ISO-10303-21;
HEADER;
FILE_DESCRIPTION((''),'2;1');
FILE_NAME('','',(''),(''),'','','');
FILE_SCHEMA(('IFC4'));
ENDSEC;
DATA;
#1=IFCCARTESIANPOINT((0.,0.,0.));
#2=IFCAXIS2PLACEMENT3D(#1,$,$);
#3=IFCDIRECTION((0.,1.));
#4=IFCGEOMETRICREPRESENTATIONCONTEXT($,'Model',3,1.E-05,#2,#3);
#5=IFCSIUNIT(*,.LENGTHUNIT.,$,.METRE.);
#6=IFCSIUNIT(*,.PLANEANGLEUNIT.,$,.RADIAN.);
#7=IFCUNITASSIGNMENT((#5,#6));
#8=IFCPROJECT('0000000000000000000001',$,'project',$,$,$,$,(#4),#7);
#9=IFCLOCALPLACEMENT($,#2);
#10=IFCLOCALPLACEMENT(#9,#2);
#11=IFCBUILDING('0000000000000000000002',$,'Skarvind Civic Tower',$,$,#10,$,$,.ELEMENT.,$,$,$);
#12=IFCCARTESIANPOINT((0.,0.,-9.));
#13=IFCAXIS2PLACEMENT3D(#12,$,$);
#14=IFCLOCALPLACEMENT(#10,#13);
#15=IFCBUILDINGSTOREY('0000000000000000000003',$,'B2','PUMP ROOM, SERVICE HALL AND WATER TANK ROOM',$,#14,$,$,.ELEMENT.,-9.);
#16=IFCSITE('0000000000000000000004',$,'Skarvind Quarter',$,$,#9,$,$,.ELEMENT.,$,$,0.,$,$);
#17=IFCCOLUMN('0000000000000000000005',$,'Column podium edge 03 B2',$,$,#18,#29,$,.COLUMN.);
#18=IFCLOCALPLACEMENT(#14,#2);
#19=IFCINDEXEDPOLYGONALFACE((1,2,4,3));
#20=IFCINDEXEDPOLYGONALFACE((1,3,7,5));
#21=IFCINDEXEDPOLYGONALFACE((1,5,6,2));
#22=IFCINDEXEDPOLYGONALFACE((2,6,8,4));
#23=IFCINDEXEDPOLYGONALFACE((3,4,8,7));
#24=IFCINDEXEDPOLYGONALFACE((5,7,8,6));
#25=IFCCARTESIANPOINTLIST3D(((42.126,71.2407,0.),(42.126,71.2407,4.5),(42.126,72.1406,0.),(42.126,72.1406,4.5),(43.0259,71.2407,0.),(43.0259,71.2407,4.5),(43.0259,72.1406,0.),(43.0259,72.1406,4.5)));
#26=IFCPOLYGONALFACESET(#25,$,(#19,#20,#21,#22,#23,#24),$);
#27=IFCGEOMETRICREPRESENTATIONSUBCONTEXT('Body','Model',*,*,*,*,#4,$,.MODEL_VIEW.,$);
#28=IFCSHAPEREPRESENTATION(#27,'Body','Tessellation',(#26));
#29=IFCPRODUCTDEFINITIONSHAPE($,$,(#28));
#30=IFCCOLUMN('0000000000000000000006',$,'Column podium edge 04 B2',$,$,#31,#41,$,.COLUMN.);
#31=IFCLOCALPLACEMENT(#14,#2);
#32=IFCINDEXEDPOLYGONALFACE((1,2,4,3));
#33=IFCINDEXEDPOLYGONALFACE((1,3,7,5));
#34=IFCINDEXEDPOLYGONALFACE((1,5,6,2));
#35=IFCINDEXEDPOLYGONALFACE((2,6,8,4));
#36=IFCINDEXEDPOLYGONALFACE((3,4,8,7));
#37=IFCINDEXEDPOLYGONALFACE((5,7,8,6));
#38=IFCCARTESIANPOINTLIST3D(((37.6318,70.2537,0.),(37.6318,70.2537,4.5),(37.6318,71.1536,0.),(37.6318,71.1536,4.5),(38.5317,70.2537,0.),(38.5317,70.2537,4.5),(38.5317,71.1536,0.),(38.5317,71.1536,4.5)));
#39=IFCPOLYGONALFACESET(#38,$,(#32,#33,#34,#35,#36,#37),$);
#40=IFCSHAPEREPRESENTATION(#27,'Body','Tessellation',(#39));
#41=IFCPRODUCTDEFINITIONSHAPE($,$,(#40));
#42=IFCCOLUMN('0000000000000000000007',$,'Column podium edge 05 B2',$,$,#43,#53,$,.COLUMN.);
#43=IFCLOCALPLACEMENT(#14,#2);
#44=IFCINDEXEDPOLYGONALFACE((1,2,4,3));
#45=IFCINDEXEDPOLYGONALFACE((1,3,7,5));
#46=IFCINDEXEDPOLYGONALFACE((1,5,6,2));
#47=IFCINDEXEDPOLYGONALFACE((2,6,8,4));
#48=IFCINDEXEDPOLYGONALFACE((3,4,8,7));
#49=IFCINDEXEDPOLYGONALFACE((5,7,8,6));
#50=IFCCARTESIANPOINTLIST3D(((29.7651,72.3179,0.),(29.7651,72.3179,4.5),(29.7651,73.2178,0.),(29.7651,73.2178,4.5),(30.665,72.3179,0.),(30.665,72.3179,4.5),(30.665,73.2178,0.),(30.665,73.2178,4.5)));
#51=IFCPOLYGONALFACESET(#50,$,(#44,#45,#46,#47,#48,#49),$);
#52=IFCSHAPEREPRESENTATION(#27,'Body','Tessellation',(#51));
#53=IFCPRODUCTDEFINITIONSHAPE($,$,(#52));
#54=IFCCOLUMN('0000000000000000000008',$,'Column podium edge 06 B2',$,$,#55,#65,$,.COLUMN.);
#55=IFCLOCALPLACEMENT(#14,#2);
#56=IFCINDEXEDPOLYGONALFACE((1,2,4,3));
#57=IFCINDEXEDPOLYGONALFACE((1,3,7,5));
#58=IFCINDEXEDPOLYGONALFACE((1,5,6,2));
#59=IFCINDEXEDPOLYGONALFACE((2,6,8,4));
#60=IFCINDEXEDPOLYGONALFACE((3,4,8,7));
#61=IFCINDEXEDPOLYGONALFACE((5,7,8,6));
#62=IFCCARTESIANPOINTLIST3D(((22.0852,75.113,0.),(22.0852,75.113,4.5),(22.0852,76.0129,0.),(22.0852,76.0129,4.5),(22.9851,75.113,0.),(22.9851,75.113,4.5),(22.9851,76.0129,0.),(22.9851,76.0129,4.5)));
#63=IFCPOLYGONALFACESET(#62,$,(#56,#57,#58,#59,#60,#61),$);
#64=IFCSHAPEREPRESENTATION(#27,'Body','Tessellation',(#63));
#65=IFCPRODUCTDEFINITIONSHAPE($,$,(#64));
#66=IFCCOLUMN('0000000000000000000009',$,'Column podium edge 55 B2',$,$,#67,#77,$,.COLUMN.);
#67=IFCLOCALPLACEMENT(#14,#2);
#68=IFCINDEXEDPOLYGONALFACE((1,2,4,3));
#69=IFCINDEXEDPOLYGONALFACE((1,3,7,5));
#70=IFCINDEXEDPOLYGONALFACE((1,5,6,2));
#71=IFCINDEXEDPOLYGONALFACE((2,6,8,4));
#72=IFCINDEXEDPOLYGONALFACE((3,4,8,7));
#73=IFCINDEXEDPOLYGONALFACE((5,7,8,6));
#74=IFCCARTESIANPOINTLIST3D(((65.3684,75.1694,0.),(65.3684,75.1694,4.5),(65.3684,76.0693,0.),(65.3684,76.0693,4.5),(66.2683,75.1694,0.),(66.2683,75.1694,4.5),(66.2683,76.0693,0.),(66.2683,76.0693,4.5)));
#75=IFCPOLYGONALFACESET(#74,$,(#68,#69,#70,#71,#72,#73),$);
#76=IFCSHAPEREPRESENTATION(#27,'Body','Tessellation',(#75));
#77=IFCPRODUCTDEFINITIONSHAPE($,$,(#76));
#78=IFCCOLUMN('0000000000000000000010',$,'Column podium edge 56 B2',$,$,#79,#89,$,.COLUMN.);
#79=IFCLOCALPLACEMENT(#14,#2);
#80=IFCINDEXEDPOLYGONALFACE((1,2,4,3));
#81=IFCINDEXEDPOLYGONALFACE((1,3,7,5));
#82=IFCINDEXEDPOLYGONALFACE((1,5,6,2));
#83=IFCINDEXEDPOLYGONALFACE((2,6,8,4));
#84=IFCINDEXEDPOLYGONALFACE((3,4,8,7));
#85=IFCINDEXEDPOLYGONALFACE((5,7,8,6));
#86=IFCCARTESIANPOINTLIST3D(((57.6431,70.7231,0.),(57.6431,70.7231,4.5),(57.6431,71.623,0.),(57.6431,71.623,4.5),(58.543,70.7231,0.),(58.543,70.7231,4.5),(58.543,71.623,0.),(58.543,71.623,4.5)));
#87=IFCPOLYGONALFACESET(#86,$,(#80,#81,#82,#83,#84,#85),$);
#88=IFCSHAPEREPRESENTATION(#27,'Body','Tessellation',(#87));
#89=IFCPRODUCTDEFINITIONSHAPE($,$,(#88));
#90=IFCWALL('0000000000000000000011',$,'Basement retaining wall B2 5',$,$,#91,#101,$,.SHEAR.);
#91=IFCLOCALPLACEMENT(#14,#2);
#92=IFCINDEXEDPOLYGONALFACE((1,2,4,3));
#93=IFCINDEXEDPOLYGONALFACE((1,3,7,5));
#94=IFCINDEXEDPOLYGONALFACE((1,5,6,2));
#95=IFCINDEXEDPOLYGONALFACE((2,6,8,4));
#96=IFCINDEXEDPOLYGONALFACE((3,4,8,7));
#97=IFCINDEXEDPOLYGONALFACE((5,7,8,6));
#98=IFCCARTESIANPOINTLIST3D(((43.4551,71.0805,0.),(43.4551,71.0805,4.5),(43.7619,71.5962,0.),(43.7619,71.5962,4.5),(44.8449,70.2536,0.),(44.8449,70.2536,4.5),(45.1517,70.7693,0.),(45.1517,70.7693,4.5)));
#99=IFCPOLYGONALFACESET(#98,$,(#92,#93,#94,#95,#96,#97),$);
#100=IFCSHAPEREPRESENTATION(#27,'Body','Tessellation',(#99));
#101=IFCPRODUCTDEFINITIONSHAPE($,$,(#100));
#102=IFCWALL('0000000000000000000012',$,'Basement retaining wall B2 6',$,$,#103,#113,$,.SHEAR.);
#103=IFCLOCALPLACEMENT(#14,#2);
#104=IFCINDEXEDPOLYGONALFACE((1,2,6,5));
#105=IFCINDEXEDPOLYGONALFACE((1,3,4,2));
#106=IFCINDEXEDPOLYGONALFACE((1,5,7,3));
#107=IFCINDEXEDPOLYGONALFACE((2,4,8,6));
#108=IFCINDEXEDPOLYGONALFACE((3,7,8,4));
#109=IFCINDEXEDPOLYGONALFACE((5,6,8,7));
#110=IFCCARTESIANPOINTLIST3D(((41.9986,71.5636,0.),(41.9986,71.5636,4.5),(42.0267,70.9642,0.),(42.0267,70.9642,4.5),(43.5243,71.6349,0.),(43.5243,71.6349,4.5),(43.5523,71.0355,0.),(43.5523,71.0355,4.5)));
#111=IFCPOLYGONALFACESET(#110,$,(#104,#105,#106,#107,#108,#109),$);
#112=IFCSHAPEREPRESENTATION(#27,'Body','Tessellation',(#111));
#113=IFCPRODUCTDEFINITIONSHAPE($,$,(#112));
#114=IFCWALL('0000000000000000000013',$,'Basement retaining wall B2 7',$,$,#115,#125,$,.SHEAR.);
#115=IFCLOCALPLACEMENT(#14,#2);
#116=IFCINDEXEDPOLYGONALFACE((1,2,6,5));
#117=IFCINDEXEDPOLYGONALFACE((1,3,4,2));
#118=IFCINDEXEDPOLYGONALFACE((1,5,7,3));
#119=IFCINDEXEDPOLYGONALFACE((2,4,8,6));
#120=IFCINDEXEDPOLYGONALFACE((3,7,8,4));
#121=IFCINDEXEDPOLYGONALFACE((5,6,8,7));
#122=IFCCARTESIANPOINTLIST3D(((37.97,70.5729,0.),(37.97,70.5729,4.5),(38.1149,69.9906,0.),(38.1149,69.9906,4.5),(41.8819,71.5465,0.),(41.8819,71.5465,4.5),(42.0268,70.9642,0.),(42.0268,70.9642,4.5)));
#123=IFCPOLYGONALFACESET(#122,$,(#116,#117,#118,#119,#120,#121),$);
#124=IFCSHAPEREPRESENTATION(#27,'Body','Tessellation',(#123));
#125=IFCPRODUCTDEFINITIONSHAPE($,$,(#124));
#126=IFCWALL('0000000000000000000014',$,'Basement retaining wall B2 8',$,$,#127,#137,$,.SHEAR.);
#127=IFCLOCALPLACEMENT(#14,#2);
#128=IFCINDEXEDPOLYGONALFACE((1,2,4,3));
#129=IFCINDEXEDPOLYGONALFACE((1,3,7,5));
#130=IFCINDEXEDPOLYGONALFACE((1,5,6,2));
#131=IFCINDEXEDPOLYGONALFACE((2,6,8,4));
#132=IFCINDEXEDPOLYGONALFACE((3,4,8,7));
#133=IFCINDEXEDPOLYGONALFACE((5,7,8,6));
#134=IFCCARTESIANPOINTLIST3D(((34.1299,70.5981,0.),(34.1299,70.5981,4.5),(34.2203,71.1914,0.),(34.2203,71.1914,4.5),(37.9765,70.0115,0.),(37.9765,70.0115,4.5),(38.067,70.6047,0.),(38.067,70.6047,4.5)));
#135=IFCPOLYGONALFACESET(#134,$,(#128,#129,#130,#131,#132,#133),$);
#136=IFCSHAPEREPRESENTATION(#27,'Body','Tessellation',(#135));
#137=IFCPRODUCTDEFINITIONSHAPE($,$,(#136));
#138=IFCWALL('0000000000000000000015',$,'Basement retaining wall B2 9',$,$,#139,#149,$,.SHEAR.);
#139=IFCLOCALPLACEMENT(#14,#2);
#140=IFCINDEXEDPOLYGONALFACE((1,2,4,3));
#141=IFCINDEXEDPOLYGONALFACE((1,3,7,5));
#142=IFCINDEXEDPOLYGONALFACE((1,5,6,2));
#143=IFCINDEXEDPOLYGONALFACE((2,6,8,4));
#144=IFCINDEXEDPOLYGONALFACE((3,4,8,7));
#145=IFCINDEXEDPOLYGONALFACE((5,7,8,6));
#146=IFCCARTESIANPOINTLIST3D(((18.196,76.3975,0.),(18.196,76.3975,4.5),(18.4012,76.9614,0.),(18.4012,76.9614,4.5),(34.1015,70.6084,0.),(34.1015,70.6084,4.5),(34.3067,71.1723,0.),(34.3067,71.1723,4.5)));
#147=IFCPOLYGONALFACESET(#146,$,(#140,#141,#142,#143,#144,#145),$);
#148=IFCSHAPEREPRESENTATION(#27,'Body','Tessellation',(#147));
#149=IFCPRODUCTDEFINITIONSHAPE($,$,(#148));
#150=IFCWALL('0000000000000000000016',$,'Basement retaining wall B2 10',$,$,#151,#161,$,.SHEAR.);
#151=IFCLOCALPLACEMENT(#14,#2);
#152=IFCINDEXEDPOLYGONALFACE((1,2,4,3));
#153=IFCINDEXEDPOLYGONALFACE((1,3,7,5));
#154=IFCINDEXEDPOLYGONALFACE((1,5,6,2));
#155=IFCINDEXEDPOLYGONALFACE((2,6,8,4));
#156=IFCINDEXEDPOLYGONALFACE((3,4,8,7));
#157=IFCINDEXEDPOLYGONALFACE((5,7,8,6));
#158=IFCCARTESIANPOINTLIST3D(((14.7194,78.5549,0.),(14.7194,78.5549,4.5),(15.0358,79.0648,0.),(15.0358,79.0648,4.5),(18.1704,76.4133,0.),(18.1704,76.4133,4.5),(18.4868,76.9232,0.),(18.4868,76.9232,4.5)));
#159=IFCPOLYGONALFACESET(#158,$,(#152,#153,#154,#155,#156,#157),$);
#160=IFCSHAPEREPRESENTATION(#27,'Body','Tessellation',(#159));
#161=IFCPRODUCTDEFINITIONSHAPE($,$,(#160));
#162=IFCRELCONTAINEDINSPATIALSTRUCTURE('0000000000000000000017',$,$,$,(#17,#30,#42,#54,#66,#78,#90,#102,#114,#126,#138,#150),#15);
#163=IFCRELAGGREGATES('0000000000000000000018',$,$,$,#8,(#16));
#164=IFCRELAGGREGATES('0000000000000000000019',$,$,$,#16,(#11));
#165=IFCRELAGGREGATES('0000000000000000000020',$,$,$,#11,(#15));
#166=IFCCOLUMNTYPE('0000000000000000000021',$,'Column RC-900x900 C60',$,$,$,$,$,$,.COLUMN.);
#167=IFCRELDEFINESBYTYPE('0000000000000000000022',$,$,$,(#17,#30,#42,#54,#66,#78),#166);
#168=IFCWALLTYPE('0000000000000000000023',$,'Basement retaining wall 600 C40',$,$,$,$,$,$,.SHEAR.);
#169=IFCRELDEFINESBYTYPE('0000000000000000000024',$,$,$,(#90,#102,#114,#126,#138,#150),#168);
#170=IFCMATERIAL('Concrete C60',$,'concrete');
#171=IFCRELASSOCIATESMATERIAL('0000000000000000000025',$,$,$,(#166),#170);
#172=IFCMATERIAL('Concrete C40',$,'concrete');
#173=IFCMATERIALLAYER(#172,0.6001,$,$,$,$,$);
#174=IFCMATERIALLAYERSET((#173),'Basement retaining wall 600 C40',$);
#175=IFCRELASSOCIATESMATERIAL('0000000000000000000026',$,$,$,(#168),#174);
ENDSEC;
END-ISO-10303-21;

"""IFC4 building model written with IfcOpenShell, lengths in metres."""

from ifc_helpers import new_model, si_unit, direction, frame, frame_2d, origin, origin_2d, place, context, subcontext, project, spatial, rectangle, extrude, material, layer, layer_set, material_profile, profile_set, type_object, element, save


model = new_model("IFC4")

# Units and contexts
model_context = context("Model", 3, precision=1e-05, world=origin(), true_north=direction((0.0, 1.0)))
body_context = subcontext(model_context, "Body", "Model", "MODEL_VIEW")
ifc_project = project(units=[si_unit("LENGTHUNIT", "METRE"), si_unit("PLANEANGLEUNIT", "RADIAN")], contexts=[model_context])

# Site, building, storey
site_placement = place(None, origin())
site = spatial("IfcSite", under=ifc_project, at=site_placement, Name="Skarvind Quarter", CompositionType="ELEMENT", RefElevation=0.0)
building_placement = place(site_placement, origin())
building = spatial("IfcBuilding", under=site, at=building_placement, Name="Skarvind Civic Tower", CompositionType="ELEMENT")
storey_placement = place(building_placement, frame((0.0, 0.0, -9.0)))
storey = spatial("IfcBuildingStorey", under=building, at=storey_placement, Name="B2", Description="PUMP ROOM, SERVICE HALL AND WATER TANK ROOM", CompositionType="ELEMENT", Elevation=-9.0)

# Shared definitions
ifc_material_1 = material(Name="Concrete C40", Category="concrete")

# Columns
ifc_material_2 = material(Name="Concrete C60", Category="concrete")
ifc_material_profile = material_profile(ifc_material_2, rectangle(XDim=0.8999, YDim=0.8999, at=origin_2d()), Name="RC-900x900")
ifc_profile_set = profile_set([ifc_material_profile], Name="Concrete C60")
column_type = type_object("IfcColumnType", Name="Column RC-900x900 C60", PredefinedType="COLUMN", material=ifc_profile_set)
for number, where, z_axis, x_axis, name in (
    (1, (42.5759, 71.6907, 0.0), (0.0, 0.0, 1.0), (1.0, 0.0, 0.0), "Column podium edge 03 B2"),
    (2, (38.0818, 70.7036, 0.0), (0.0, 0.0, 1.0), (1.0, 0.0, 0.0), "Column podium edge 04 B2"),
    (3, (30.2151, 72.7678, 0.0), (0.0, 0.0, 1.0), (1.0, 0.0, 0.0), "Column podium edge 05 B2"),
    (4, (22.5352, 75.563, 0.0), (0.0, 0.0, 1.0), (1.0, 0.0, 0.0), "Column podium edge 06 B2"),
    (5, (65.8184, 75.6194, 0.0), (0.0, 0.0, 1.0), (1.0, 0.0, 0.0), "Column podium edge 55 B2"),
    (6, (58.093, 71.1731, 0.0), (0.0, 0.0, 1.0), (1.0, 0.0, 0.0), "Column podium edge 56 B2"),
):
    element("IfcColumn", number, at=place(storey_placement, frame(where, z_axis=z_axis, x_axis=x_axis)), inside=storey, type_object=column_type, Name=name, PredefinedType="COLUMN", context=body_context, shape_type="SweptSolid", body=[
        extrude(rectangle(XDim=0.8999, YDim=0.8999, at=origin_2d()), origin(), (0.0, 0.0, 1.0), 4.5),
    ])

# Walls
ifc_layer = layer(ifc_material_1, 0.6001)
ifc_layer_set = layer_set([ifc_layer], Name="Basement retaining wall 600 C40")
wall_type = type_object("IfcWallType", Name="Basement retaining wall 600 C40", PredefinedType="SHEAR", material=ifc_layer_set)
wall_1_placement = place(storey_placement, frame((44.9983, 70.5115, 0.0), z_axis=(0.0, 0.0, 1.0), x_axis=(-0.859405, 0.511295, 0.0)))
element("IfcWall", 7, at=wall_1_placement, inside=storey, type_object=wall_type, Name="Basement retaining wall B2 5", PredefinedType="SHEAR", context=body_context, shape_type="SweptSolid", body=[
    extrude(rectangle(XDim=1.6172, YDim=0.6001, at=frame_2d((0.8086, 0.0))), origin(), (0.0, 0.0, 1.0), 4.5),
])
wall_2_placement = place(storey_placement, frame((43.5383, 71.3352, 0.0), z_axis=(0.0, 0.0, 1.0), x_axis=(-0.99891, -0.046677, 0.0)))
element("IfcWall", 8, at=wall_2_placement, inside=storey, type_object=wall_type, Name="Basement retaining wall B2 6", PredefinedType="SHEAR", context=body_context, shape_type="SweptSolid", body=[
    extrude(rectangle(XDim=1.5273, YDim=0.6001, at=frame_2d((0.7637, 0.0))), origin(), (0.0, 0.0, 1.0), 4.5),
])
wall_3_placement = place(storey_placement, frame((41.9543, 71.2554, 0.0), z_axis=(0.0, 0.0, 1.0), x_axis=(-0.970395, -0.241524, 0.0)))
element("IfcWall", 9, at=wall_3_placement, inside=storey, type_object=wall_type, Name="Basement retaining wall B2 7", PredefinedType="SHEAR", context=body_context, shape_type="SweptSolid", body=[
    extrude(rectangle(XDim=4.0312, YDim=0.6001, at=frame_2d((2.0156, 0.0))), origin(), (0.0, 0.0, 1.0), 4.5),
])
wall_4_placement = place(storey_placement, frame((38.0217, 70.3081, 0.0), z_axis=(0.0, 0.0, 1.0), x_axis=(-0.988569, 0.15077, 0.0)))
element("IfcWall", 10, at=wall_4_placement, inside=storey, type_object=wall_type, Name="Basement retaining wall B2 8", PredefinedType="SHEAR", context=body_context, shape_type="SweptSolid", body=[
    extrude(rectangle(XDim=3.8911, YDim=0.6001, at=frame_2d((1.9456, 0.0))), origin(), (0.0, 0.0, 1.0), 4.5),
])
wall_5_placement = place(storey_placement, frame((34.2041, 70.8904, 0.0), z_axis=(0.0, 0.0, 1.0), x_axis=(-0.939694, 0.342016, 0.0)))
element("IfcWall", 11, at=wall_5_placement, inside=storey, type_object=wall_type, Name="Basement retaining wall B2 9", PredefinedType="SHEAR", context=body_context, shape_type="SweptSolid", body=[
    extrude(rectangle(XDim=16.9263, YDim=0.6001, at=frame_2d((8.4631, 0.0))), origin(), (0.0, 0.0, 1.0), 4.5),
])
wall_6_placement = place(storey_placement, frame((18.3286, 76.6682, 0.0), z_axis=(0.0, 0.0, 1.0), x_axis=(-0.849679, 0.5273, 0.0)))
element("IfcWall", 12, at=wall_6_placement, inside=storey, type_object=wall_type, Name="Basement retaining wall B2 10", PredefinedType="SHEAR", context=body_context, shape_type="SweptSolid", body=[
    extrude(rectangle(XDim=4.0615, YDim=0.6001, at=frame_2d((2.0308, 0.0))), origin(), (0.0, 0.0, 1.0), 4.5),
])

save(model, "model.ifc")
